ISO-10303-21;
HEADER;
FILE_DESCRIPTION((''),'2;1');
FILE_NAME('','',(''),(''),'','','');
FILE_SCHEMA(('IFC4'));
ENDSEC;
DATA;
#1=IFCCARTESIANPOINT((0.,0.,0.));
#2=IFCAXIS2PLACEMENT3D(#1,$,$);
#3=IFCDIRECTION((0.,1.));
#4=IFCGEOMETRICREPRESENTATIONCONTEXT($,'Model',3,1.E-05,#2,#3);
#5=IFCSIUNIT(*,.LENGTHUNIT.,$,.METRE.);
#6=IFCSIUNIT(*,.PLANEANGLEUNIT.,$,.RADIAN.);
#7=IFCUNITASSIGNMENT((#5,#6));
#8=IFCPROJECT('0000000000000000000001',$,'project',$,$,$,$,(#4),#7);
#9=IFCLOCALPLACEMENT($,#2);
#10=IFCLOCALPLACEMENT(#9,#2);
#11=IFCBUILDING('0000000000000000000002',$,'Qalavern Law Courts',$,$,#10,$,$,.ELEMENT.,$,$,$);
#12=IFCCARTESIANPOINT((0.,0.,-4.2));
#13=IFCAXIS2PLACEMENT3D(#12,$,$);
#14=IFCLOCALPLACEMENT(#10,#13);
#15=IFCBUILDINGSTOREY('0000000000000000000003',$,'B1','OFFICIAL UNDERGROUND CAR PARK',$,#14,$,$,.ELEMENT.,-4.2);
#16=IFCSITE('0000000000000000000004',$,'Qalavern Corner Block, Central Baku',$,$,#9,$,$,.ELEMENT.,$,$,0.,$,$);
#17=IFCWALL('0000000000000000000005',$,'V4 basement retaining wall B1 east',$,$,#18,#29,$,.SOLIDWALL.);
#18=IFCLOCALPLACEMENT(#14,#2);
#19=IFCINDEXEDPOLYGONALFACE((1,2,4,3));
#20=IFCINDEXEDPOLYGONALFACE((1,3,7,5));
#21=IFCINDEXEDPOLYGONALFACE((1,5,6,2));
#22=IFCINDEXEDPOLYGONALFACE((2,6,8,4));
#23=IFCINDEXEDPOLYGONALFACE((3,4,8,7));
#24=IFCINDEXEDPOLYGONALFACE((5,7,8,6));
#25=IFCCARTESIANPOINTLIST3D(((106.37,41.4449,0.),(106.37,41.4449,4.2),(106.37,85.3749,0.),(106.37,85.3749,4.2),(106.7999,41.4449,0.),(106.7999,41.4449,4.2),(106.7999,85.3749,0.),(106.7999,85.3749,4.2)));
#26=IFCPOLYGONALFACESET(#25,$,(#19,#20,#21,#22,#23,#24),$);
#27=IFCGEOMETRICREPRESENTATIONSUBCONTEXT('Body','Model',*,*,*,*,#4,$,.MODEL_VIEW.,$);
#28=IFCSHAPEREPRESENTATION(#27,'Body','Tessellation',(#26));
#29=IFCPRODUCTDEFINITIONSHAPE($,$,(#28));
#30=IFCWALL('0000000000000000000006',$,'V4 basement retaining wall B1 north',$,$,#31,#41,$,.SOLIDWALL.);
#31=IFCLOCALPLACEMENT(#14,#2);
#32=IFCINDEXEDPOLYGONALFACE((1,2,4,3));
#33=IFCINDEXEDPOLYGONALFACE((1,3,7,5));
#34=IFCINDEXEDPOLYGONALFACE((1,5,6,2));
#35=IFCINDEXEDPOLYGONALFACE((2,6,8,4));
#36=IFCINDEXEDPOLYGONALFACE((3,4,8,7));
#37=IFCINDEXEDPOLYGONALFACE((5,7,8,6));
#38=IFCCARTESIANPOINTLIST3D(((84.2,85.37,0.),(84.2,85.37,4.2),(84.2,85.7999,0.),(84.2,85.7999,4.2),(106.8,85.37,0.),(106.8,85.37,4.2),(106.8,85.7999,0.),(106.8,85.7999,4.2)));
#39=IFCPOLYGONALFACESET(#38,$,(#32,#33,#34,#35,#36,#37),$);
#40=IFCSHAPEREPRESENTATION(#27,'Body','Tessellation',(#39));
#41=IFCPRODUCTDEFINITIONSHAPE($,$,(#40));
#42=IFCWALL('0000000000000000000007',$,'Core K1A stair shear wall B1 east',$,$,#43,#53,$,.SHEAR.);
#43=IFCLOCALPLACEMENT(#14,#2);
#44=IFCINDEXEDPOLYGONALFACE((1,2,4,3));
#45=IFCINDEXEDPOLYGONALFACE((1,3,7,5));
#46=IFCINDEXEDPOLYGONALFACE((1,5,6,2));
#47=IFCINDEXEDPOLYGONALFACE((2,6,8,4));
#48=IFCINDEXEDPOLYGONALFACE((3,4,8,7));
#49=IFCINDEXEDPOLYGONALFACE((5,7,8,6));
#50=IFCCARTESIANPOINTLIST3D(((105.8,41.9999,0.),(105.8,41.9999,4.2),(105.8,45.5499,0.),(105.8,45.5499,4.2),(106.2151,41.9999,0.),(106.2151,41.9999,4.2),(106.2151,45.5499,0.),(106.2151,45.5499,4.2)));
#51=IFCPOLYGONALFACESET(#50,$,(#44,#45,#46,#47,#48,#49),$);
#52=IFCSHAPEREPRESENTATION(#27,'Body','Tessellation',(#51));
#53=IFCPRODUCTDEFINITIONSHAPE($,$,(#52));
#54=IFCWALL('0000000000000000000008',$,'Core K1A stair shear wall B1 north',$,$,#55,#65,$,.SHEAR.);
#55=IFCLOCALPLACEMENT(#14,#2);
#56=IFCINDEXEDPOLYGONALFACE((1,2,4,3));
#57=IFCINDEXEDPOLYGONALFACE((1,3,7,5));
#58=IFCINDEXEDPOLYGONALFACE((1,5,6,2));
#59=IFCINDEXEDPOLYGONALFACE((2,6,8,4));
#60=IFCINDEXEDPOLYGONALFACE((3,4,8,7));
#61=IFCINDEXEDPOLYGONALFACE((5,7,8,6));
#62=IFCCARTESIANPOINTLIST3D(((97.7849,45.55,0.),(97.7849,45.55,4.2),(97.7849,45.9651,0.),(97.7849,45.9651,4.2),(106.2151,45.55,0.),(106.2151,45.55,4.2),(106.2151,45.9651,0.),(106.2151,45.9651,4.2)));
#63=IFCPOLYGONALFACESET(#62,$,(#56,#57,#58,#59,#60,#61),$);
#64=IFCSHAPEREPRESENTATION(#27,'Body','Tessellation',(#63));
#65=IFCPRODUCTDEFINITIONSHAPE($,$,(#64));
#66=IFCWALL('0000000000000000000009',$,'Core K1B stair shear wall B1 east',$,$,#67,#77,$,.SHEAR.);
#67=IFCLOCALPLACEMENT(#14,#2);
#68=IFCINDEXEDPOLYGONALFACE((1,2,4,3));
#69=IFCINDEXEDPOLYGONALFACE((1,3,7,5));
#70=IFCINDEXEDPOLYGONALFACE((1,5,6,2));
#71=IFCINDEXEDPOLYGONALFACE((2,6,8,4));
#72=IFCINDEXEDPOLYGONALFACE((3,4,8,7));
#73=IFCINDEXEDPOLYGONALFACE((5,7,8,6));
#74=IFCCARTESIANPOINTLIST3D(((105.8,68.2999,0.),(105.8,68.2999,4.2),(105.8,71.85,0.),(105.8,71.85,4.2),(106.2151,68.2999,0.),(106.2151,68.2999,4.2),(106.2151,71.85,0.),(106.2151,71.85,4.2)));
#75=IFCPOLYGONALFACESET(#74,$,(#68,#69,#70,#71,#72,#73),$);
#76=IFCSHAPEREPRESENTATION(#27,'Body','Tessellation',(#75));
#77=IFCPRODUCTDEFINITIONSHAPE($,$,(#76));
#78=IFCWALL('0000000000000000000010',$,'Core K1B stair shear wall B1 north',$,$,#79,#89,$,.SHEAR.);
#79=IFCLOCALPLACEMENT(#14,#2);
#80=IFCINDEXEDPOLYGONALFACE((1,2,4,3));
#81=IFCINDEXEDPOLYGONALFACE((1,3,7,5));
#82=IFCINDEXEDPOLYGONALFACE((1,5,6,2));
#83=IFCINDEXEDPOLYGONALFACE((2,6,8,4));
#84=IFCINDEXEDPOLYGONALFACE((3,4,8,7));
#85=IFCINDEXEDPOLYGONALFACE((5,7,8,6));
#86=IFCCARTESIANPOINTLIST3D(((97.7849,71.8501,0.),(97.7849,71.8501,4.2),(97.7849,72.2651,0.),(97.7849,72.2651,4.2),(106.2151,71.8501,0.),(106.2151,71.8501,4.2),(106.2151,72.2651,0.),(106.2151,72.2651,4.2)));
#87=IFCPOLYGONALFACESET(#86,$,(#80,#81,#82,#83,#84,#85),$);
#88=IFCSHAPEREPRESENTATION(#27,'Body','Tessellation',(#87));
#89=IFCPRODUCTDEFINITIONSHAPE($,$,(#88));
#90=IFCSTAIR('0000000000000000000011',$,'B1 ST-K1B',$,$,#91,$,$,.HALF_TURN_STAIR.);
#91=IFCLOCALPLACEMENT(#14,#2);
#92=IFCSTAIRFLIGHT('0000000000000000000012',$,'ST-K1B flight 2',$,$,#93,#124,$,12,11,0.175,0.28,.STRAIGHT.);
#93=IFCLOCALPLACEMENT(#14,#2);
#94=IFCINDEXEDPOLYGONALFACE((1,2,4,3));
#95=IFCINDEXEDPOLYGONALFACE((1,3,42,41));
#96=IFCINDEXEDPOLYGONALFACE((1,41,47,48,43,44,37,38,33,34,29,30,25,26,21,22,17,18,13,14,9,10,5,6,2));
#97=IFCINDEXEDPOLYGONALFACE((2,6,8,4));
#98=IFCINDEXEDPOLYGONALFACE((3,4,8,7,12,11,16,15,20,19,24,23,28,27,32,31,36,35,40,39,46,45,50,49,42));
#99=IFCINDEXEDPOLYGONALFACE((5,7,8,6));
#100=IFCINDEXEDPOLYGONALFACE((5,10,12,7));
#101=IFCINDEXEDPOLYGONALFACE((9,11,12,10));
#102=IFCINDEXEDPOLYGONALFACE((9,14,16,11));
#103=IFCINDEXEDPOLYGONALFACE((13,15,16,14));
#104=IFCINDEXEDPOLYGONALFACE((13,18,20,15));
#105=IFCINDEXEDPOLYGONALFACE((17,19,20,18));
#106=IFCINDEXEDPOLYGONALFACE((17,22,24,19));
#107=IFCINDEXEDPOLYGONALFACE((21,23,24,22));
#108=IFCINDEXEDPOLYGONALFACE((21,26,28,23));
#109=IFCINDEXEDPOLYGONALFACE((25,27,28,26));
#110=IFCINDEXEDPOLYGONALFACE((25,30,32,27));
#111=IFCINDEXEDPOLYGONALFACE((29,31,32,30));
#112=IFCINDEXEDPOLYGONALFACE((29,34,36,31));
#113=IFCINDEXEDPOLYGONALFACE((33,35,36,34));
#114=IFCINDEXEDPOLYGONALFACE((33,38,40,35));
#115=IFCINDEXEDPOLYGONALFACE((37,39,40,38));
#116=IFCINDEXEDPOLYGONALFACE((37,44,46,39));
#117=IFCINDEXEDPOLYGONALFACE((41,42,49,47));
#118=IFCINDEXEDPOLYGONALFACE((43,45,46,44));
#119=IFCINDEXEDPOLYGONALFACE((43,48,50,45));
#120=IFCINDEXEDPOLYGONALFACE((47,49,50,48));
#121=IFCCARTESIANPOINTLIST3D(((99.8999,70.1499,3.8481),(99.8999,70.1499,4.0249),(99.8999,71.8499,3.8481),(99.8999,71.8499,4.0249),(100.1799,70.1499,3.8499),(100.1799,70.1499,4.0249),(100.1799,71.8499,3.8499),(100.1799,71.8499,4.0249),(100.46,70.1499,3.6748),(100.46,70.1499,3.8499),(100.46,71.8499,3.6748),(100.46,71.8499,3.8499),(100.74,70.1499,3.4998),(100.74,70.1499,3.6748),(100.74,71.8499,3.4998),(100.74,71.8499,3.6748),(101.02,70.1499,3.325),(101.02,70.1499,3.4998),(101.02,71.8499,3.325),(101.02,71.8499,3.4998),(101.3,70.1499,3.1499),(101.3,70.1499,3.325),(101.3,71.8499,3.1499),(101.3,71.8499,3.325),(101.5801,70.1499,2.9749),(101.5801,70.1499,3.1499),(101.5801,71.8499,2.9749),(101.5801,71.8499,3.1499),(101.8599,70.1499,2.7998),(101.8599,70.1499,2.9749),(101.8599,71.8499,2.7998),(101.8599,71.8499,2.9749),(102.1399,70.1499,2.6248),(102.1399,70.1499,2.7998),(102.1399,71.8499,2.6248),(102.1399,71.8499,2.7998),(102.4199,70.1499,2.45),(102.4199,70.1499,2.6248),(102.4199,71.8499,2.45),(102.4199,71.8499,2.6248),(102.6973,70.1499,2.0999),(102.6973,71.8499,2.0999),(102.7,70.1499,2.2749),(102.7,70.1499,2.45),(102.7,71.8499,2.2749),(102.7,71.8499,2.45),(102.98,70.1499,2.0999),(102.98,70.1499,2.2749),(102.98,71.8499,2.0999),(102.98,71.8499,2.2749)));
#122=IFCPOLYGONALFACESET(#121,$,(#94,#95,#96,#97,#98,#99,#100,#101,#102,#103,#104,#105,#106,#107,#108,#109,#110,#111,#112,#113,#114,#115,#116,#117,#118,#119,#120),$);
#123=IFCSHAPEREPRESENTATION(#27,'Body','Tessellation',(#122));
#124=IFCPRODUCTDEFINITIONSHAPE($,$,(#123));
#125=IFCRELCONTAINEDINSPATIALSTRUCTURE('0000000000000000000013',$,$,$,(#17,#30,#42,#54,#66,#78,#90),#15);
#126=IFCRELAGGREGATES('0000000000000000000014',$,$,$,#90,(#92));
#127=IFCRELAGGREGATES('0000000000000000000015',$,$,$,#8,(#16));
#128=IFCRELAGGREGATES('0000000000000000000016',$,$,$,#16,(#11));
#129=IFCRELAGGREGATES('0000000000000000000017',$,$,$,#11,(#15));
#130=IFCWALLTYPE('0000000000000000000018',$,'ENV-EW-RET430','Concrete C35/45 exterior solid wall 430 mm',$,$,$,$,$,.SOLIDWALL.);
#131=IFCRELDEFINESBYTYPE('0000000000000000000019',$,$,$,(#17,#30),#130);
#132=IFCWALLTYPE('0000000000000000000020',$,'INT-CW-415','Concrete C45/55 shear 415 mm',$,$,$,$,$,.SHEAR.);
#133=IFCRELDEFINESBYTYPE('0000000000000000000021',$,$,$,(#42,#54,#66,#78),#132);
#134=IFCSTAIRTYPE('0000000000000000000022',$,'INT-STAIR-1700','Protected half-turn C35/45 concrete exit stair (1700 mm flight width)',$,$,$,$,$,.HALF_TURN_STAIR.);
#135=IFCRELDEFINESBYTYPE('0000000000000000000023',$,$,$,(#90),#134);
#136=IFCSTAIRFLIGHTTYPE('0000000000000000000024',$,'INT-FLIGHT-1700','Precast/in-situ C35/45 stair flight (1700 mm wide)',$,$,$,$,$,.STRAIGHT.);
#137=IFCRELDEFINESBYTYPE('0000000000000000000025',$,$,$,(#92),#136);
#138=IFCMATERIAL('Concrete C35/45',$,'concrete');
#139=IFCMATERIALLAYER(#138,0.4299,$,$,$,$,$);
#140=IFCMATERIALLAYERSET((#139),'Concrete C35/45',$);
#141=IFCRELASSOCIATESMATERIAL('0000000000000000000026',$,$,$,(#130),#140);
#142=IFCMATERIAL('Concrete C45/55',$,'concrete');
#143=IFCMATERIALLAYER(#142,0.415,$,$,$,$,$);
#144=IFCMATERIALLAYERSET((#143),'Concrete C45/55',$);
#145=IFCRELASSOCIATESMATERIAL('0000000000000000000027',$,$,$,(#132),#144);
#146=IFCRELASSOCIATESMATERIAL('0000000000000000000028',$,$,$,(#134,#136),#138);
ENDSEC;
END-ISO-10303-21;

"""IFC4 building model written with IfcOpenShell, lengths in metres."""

from ifc_helpers import new_model, si_unit, direction, frame, frame_2d, origin, place, context, subcontext, project, spatial, polyline, rectangle, outline, extrude, material, layer, layer_set, type_object, element, aggregate, save


model = new_model("IFC4")

# Units and contexts
model_context = context("Model", 3, precision=1e-05, world=origin(), true_north=direction((0.0, 1.0)))
body_context = subcontext(model_context, "Body", "Model", "MODEL_VIEW")
ifc_project = project(units=[si_unit("LENGTHUNIT", "METRE"), si_unit("PLANEANGLEUNIT", "RADIAN")], contexts=[model_context])

# Site, building, storey
site_placement = place(None, origin())
site = spatial("IfcSite", under=ifc_project, at=site_placement, Name="Qalavern Corner Block, Central Baku", CompositionType="ELEMENT", RefElevation=0.0)
building_placement = place(site_placement, origin())
building = spatial("IfcBuilding", under=site, at=building_placement, Name="Qalavern Law Courts", CompositionType="ELEMENT")
storey_placement = place(building_placement, frame((0.0, 0.0, -4.2)))
storey = spatial("IfcBuildingStorey", under=building, at=storey_placement, Name="B1", Description="OFFICIAL UNDERGROUND CAR PARK", CompositionType="ELEMENT", Elevation=-4.2)

# Shared definitions
ifc_material_1 = material(Name="Concrete C45/55", Category="concrete")

# Walls
ifc_material_2 = material(Name="Concrete C35/45", Category="concrete")
ifc_layer_1 = layer(ifc_material_2, 0.4299)
ifc_layer_set_1 = layer_set([ifc_layer_1], Name="Concrete C35/45")
wall_type_1 = type_object("IfcWallType", Name="ENV-EW-RET430", Description="Concrete C35/45 exterior solid wall 430 mm", PredefinedType="SOLIDWALL", material=ifc_layer_set_1)
wall_1_placement = place(storey_placement, frame((106.585, 41.4451, 0.0), z_axis=(0.0, 0.0, 1.0), x_axis=(0.0, 1.0, 0.0)))
element("IfcWall", 1, at=wall_1_placement, inside=storey, type_object=wall_type_1, Name="V4 basement retaining wall B1 east", PredefinedType="SOLIDWALL", context=body_context, shape_type="SweptSolid", body=[
    extrude(rectangle(XDim=43.9299, YDim=0.4299, at=frame_2d((21.9648, 0.0))), origin(), (0.0, 0.0, 1.0), 4.2),
])
wall_2_placement = place(storey_placement, frame((106.8, 85.585, 0.0), z_axis=(0.0, 0.0, 1.0), x_axis=(-1.0, 0.0, 0.0)))
element("IfcWall", 2, at=wall_2_placement, inside=storey, type_object=wall_type_1, Name="V4 basement retaining wall B1 north", PredefinedType="SOLIDWALL", context=body_context, shape_type="SweptSolid", body=[
    extrude(rectangle(XDim=22.6001, YDim=0.4299, at=frame_2d((11.3, 0.0))), origin(), (0.0, 0.0, 1.0), 4.2),
])
ifc_layer_2 = layer(ifc_material_1, 0.415)
ifc_layer_set_2 = layer_set([ifc_layer_2], Name="Concrete C45/55")
wall_type_2 = type_object("IfcWallType", Name="INT-CW-415", Description="Concrete C45/55 shear 415 mm", PredefinedType="SHEAR", material=ifc_layer_set_2)
wall_3_placement = place(storey_placement, frame((106.0076, 42.0, 0.0), z_axis=(0.0, 0.0, 1.0), x_axis=(0.0, 1.0, 0.0)))
element("IfcWall", 3, at=wall_3_placement, inside=storey, type_object=wall_type_2, Name="Core K1A stair shear wall B1 east", PredefinedType="SHEAR", context=body_context, shape_type="SweptSolid", body=[
    extrude(rectangle(XDim=3.55, YDim=0.415, at=frame_2d((1.7749, 0.0))), origin(), (0.0, 0.0, 1.0), 4.2),
])
wall_4_placement = place(storey_placement, frame((106.2151, 45.7576, 0.0), z_axis=(0.0, 0.0, 1.0), x_axis=(-1.0, 0.0, 0.0)))
element("IfcWall", 4, at=wall_4_placement, inside=storey, type_object=wall_type_2, Name="Core K1A stair shear wall B1 north", PredefinedType="SHEAR", context=body_context, shape_type="SweptSolid", body=[
    extrude(rectangle(XDim=8.4302, YDim=0.415, at=frame_2d((4.2151, 0.0))), origin(), (0.0, 0.0, 1.0), 4.2),
])
wall_5_placement = place(storey_placement, frame((106.0076, 68.3, 0.0), z_axis=(0.0, 0.0, 1.0), x_axis=(0.0, 1.0, 0.0)))
element("IfcWall", 5, at=wall_5_placement, inside=storey, type_object=wall_type_2, Name="Core K1B stair shear wall B1 east", PredefinedType="SHEAR", context=body_context, shape_type="SweptSolid", body=[
    extrude(rectangle(XDim=3.55, YDim=0.415, at=frame_2d((1.7749, 0.0))), origin(), (0.0, 0.0, 1.0), 4.2),
])
wall_6_placement = place(storey_placement, frame((106.2151, 72.0576, 0.0), z_axis=(0.0, 0.0, 1.0), x_axis=(-1.0, 0.0, 0.0)))
element("IfcWall", 6, at=wall_6_placement, inside=storey, type_object=wall_type_2, Name="Core K1B stair shear wall B1 north", PredefinedType="SHEAR", context=body_context, shape_type="SweptSolid", body=[
    extrude(rectangle(XDim=8.4302, YDim=0.415, at=frame_2d((4.2151, 0.0))), origin(), (0.0, 0.0, 1.0), 4.2),
])

# Stair, stair flight
stair_type = type_object("IfcStairType", Name="INT-STAIR-1700", Description="Protected half-turn C35/45 concrete exit stair (1700 mm flight width)", PredefinedType="HALF_TURN_STAIR", material=ifc_material_2)
stair_placement = place(storey_placement, origin())
stair = element("IfcStair", 7, at=stair_placement, inside=storey, type_object=stair_type, Name="B1 ST-K1B", PredefinedType="HALF_TURN_STAIR")
stair_flight_type = type_object("IfcStairFlightType", Name="INT-FLIGHT-1700", Description="Precast/in-situ C35/45 stair flight (1700 mm wide)", PredefinedType="STRAIGHT", material=ifc_material_2)
stair_flight_placement = place(storey_placement, frame((102.98, 71.0, 2.0999), z_axis=(0.0, 0.0, 1.0), x_axis=(-1.0, 0.0, 0.0)))
stair_flight = element("IfcStairFlight", 8, at=stair_flight_placement, type_object=stair_flight_type, Name="ST-K1B flight 2", NumberOfRisers=12, NumberOfTreads=11, PredefinedType="STRAIGHT", RiserHeight=0.175, TreadLength=0.28, context=body_context, shape_type="SweptSolid", body=[
    extrude(outline(polyline([(0.0, 0.0), (0.0, 0.175), (0.28, 0.175), (0.28, 0.3501), (0.5601, 0.3501), (0.5601, 0.5249), (0.8401, 0.5249), (0.8401, 0.7), (1.1201, 0.7), (1.1201, 0.875), (1.3999, 0.875), (1.3999, 1.05), (1.6799, 1.05), (1.6799, 1.2251), (1.96, 1.2251), (1.96, 1.3999), (2.24, 1.3999), (2.24, 1.575), (2.52, 1.575), (2.52, 1.75), (2.8, 1.75), (2.8, 1.925), (3.0801, 1.925), (3.0801, 2.1001), (3.0801, 1.7483), (0.2827, 0.0), (0.0, 0.0)])), frame((0.0, 0.8501, 0.0), z_axis=(0.0, -1.0, 0.0), x_axis=(1.0, 0.0, 0.0)), (0.0, 0.0, 1.0), 1.7),
])
aggregate(stair, [stair_flight])

save(model, "model.ifc")
